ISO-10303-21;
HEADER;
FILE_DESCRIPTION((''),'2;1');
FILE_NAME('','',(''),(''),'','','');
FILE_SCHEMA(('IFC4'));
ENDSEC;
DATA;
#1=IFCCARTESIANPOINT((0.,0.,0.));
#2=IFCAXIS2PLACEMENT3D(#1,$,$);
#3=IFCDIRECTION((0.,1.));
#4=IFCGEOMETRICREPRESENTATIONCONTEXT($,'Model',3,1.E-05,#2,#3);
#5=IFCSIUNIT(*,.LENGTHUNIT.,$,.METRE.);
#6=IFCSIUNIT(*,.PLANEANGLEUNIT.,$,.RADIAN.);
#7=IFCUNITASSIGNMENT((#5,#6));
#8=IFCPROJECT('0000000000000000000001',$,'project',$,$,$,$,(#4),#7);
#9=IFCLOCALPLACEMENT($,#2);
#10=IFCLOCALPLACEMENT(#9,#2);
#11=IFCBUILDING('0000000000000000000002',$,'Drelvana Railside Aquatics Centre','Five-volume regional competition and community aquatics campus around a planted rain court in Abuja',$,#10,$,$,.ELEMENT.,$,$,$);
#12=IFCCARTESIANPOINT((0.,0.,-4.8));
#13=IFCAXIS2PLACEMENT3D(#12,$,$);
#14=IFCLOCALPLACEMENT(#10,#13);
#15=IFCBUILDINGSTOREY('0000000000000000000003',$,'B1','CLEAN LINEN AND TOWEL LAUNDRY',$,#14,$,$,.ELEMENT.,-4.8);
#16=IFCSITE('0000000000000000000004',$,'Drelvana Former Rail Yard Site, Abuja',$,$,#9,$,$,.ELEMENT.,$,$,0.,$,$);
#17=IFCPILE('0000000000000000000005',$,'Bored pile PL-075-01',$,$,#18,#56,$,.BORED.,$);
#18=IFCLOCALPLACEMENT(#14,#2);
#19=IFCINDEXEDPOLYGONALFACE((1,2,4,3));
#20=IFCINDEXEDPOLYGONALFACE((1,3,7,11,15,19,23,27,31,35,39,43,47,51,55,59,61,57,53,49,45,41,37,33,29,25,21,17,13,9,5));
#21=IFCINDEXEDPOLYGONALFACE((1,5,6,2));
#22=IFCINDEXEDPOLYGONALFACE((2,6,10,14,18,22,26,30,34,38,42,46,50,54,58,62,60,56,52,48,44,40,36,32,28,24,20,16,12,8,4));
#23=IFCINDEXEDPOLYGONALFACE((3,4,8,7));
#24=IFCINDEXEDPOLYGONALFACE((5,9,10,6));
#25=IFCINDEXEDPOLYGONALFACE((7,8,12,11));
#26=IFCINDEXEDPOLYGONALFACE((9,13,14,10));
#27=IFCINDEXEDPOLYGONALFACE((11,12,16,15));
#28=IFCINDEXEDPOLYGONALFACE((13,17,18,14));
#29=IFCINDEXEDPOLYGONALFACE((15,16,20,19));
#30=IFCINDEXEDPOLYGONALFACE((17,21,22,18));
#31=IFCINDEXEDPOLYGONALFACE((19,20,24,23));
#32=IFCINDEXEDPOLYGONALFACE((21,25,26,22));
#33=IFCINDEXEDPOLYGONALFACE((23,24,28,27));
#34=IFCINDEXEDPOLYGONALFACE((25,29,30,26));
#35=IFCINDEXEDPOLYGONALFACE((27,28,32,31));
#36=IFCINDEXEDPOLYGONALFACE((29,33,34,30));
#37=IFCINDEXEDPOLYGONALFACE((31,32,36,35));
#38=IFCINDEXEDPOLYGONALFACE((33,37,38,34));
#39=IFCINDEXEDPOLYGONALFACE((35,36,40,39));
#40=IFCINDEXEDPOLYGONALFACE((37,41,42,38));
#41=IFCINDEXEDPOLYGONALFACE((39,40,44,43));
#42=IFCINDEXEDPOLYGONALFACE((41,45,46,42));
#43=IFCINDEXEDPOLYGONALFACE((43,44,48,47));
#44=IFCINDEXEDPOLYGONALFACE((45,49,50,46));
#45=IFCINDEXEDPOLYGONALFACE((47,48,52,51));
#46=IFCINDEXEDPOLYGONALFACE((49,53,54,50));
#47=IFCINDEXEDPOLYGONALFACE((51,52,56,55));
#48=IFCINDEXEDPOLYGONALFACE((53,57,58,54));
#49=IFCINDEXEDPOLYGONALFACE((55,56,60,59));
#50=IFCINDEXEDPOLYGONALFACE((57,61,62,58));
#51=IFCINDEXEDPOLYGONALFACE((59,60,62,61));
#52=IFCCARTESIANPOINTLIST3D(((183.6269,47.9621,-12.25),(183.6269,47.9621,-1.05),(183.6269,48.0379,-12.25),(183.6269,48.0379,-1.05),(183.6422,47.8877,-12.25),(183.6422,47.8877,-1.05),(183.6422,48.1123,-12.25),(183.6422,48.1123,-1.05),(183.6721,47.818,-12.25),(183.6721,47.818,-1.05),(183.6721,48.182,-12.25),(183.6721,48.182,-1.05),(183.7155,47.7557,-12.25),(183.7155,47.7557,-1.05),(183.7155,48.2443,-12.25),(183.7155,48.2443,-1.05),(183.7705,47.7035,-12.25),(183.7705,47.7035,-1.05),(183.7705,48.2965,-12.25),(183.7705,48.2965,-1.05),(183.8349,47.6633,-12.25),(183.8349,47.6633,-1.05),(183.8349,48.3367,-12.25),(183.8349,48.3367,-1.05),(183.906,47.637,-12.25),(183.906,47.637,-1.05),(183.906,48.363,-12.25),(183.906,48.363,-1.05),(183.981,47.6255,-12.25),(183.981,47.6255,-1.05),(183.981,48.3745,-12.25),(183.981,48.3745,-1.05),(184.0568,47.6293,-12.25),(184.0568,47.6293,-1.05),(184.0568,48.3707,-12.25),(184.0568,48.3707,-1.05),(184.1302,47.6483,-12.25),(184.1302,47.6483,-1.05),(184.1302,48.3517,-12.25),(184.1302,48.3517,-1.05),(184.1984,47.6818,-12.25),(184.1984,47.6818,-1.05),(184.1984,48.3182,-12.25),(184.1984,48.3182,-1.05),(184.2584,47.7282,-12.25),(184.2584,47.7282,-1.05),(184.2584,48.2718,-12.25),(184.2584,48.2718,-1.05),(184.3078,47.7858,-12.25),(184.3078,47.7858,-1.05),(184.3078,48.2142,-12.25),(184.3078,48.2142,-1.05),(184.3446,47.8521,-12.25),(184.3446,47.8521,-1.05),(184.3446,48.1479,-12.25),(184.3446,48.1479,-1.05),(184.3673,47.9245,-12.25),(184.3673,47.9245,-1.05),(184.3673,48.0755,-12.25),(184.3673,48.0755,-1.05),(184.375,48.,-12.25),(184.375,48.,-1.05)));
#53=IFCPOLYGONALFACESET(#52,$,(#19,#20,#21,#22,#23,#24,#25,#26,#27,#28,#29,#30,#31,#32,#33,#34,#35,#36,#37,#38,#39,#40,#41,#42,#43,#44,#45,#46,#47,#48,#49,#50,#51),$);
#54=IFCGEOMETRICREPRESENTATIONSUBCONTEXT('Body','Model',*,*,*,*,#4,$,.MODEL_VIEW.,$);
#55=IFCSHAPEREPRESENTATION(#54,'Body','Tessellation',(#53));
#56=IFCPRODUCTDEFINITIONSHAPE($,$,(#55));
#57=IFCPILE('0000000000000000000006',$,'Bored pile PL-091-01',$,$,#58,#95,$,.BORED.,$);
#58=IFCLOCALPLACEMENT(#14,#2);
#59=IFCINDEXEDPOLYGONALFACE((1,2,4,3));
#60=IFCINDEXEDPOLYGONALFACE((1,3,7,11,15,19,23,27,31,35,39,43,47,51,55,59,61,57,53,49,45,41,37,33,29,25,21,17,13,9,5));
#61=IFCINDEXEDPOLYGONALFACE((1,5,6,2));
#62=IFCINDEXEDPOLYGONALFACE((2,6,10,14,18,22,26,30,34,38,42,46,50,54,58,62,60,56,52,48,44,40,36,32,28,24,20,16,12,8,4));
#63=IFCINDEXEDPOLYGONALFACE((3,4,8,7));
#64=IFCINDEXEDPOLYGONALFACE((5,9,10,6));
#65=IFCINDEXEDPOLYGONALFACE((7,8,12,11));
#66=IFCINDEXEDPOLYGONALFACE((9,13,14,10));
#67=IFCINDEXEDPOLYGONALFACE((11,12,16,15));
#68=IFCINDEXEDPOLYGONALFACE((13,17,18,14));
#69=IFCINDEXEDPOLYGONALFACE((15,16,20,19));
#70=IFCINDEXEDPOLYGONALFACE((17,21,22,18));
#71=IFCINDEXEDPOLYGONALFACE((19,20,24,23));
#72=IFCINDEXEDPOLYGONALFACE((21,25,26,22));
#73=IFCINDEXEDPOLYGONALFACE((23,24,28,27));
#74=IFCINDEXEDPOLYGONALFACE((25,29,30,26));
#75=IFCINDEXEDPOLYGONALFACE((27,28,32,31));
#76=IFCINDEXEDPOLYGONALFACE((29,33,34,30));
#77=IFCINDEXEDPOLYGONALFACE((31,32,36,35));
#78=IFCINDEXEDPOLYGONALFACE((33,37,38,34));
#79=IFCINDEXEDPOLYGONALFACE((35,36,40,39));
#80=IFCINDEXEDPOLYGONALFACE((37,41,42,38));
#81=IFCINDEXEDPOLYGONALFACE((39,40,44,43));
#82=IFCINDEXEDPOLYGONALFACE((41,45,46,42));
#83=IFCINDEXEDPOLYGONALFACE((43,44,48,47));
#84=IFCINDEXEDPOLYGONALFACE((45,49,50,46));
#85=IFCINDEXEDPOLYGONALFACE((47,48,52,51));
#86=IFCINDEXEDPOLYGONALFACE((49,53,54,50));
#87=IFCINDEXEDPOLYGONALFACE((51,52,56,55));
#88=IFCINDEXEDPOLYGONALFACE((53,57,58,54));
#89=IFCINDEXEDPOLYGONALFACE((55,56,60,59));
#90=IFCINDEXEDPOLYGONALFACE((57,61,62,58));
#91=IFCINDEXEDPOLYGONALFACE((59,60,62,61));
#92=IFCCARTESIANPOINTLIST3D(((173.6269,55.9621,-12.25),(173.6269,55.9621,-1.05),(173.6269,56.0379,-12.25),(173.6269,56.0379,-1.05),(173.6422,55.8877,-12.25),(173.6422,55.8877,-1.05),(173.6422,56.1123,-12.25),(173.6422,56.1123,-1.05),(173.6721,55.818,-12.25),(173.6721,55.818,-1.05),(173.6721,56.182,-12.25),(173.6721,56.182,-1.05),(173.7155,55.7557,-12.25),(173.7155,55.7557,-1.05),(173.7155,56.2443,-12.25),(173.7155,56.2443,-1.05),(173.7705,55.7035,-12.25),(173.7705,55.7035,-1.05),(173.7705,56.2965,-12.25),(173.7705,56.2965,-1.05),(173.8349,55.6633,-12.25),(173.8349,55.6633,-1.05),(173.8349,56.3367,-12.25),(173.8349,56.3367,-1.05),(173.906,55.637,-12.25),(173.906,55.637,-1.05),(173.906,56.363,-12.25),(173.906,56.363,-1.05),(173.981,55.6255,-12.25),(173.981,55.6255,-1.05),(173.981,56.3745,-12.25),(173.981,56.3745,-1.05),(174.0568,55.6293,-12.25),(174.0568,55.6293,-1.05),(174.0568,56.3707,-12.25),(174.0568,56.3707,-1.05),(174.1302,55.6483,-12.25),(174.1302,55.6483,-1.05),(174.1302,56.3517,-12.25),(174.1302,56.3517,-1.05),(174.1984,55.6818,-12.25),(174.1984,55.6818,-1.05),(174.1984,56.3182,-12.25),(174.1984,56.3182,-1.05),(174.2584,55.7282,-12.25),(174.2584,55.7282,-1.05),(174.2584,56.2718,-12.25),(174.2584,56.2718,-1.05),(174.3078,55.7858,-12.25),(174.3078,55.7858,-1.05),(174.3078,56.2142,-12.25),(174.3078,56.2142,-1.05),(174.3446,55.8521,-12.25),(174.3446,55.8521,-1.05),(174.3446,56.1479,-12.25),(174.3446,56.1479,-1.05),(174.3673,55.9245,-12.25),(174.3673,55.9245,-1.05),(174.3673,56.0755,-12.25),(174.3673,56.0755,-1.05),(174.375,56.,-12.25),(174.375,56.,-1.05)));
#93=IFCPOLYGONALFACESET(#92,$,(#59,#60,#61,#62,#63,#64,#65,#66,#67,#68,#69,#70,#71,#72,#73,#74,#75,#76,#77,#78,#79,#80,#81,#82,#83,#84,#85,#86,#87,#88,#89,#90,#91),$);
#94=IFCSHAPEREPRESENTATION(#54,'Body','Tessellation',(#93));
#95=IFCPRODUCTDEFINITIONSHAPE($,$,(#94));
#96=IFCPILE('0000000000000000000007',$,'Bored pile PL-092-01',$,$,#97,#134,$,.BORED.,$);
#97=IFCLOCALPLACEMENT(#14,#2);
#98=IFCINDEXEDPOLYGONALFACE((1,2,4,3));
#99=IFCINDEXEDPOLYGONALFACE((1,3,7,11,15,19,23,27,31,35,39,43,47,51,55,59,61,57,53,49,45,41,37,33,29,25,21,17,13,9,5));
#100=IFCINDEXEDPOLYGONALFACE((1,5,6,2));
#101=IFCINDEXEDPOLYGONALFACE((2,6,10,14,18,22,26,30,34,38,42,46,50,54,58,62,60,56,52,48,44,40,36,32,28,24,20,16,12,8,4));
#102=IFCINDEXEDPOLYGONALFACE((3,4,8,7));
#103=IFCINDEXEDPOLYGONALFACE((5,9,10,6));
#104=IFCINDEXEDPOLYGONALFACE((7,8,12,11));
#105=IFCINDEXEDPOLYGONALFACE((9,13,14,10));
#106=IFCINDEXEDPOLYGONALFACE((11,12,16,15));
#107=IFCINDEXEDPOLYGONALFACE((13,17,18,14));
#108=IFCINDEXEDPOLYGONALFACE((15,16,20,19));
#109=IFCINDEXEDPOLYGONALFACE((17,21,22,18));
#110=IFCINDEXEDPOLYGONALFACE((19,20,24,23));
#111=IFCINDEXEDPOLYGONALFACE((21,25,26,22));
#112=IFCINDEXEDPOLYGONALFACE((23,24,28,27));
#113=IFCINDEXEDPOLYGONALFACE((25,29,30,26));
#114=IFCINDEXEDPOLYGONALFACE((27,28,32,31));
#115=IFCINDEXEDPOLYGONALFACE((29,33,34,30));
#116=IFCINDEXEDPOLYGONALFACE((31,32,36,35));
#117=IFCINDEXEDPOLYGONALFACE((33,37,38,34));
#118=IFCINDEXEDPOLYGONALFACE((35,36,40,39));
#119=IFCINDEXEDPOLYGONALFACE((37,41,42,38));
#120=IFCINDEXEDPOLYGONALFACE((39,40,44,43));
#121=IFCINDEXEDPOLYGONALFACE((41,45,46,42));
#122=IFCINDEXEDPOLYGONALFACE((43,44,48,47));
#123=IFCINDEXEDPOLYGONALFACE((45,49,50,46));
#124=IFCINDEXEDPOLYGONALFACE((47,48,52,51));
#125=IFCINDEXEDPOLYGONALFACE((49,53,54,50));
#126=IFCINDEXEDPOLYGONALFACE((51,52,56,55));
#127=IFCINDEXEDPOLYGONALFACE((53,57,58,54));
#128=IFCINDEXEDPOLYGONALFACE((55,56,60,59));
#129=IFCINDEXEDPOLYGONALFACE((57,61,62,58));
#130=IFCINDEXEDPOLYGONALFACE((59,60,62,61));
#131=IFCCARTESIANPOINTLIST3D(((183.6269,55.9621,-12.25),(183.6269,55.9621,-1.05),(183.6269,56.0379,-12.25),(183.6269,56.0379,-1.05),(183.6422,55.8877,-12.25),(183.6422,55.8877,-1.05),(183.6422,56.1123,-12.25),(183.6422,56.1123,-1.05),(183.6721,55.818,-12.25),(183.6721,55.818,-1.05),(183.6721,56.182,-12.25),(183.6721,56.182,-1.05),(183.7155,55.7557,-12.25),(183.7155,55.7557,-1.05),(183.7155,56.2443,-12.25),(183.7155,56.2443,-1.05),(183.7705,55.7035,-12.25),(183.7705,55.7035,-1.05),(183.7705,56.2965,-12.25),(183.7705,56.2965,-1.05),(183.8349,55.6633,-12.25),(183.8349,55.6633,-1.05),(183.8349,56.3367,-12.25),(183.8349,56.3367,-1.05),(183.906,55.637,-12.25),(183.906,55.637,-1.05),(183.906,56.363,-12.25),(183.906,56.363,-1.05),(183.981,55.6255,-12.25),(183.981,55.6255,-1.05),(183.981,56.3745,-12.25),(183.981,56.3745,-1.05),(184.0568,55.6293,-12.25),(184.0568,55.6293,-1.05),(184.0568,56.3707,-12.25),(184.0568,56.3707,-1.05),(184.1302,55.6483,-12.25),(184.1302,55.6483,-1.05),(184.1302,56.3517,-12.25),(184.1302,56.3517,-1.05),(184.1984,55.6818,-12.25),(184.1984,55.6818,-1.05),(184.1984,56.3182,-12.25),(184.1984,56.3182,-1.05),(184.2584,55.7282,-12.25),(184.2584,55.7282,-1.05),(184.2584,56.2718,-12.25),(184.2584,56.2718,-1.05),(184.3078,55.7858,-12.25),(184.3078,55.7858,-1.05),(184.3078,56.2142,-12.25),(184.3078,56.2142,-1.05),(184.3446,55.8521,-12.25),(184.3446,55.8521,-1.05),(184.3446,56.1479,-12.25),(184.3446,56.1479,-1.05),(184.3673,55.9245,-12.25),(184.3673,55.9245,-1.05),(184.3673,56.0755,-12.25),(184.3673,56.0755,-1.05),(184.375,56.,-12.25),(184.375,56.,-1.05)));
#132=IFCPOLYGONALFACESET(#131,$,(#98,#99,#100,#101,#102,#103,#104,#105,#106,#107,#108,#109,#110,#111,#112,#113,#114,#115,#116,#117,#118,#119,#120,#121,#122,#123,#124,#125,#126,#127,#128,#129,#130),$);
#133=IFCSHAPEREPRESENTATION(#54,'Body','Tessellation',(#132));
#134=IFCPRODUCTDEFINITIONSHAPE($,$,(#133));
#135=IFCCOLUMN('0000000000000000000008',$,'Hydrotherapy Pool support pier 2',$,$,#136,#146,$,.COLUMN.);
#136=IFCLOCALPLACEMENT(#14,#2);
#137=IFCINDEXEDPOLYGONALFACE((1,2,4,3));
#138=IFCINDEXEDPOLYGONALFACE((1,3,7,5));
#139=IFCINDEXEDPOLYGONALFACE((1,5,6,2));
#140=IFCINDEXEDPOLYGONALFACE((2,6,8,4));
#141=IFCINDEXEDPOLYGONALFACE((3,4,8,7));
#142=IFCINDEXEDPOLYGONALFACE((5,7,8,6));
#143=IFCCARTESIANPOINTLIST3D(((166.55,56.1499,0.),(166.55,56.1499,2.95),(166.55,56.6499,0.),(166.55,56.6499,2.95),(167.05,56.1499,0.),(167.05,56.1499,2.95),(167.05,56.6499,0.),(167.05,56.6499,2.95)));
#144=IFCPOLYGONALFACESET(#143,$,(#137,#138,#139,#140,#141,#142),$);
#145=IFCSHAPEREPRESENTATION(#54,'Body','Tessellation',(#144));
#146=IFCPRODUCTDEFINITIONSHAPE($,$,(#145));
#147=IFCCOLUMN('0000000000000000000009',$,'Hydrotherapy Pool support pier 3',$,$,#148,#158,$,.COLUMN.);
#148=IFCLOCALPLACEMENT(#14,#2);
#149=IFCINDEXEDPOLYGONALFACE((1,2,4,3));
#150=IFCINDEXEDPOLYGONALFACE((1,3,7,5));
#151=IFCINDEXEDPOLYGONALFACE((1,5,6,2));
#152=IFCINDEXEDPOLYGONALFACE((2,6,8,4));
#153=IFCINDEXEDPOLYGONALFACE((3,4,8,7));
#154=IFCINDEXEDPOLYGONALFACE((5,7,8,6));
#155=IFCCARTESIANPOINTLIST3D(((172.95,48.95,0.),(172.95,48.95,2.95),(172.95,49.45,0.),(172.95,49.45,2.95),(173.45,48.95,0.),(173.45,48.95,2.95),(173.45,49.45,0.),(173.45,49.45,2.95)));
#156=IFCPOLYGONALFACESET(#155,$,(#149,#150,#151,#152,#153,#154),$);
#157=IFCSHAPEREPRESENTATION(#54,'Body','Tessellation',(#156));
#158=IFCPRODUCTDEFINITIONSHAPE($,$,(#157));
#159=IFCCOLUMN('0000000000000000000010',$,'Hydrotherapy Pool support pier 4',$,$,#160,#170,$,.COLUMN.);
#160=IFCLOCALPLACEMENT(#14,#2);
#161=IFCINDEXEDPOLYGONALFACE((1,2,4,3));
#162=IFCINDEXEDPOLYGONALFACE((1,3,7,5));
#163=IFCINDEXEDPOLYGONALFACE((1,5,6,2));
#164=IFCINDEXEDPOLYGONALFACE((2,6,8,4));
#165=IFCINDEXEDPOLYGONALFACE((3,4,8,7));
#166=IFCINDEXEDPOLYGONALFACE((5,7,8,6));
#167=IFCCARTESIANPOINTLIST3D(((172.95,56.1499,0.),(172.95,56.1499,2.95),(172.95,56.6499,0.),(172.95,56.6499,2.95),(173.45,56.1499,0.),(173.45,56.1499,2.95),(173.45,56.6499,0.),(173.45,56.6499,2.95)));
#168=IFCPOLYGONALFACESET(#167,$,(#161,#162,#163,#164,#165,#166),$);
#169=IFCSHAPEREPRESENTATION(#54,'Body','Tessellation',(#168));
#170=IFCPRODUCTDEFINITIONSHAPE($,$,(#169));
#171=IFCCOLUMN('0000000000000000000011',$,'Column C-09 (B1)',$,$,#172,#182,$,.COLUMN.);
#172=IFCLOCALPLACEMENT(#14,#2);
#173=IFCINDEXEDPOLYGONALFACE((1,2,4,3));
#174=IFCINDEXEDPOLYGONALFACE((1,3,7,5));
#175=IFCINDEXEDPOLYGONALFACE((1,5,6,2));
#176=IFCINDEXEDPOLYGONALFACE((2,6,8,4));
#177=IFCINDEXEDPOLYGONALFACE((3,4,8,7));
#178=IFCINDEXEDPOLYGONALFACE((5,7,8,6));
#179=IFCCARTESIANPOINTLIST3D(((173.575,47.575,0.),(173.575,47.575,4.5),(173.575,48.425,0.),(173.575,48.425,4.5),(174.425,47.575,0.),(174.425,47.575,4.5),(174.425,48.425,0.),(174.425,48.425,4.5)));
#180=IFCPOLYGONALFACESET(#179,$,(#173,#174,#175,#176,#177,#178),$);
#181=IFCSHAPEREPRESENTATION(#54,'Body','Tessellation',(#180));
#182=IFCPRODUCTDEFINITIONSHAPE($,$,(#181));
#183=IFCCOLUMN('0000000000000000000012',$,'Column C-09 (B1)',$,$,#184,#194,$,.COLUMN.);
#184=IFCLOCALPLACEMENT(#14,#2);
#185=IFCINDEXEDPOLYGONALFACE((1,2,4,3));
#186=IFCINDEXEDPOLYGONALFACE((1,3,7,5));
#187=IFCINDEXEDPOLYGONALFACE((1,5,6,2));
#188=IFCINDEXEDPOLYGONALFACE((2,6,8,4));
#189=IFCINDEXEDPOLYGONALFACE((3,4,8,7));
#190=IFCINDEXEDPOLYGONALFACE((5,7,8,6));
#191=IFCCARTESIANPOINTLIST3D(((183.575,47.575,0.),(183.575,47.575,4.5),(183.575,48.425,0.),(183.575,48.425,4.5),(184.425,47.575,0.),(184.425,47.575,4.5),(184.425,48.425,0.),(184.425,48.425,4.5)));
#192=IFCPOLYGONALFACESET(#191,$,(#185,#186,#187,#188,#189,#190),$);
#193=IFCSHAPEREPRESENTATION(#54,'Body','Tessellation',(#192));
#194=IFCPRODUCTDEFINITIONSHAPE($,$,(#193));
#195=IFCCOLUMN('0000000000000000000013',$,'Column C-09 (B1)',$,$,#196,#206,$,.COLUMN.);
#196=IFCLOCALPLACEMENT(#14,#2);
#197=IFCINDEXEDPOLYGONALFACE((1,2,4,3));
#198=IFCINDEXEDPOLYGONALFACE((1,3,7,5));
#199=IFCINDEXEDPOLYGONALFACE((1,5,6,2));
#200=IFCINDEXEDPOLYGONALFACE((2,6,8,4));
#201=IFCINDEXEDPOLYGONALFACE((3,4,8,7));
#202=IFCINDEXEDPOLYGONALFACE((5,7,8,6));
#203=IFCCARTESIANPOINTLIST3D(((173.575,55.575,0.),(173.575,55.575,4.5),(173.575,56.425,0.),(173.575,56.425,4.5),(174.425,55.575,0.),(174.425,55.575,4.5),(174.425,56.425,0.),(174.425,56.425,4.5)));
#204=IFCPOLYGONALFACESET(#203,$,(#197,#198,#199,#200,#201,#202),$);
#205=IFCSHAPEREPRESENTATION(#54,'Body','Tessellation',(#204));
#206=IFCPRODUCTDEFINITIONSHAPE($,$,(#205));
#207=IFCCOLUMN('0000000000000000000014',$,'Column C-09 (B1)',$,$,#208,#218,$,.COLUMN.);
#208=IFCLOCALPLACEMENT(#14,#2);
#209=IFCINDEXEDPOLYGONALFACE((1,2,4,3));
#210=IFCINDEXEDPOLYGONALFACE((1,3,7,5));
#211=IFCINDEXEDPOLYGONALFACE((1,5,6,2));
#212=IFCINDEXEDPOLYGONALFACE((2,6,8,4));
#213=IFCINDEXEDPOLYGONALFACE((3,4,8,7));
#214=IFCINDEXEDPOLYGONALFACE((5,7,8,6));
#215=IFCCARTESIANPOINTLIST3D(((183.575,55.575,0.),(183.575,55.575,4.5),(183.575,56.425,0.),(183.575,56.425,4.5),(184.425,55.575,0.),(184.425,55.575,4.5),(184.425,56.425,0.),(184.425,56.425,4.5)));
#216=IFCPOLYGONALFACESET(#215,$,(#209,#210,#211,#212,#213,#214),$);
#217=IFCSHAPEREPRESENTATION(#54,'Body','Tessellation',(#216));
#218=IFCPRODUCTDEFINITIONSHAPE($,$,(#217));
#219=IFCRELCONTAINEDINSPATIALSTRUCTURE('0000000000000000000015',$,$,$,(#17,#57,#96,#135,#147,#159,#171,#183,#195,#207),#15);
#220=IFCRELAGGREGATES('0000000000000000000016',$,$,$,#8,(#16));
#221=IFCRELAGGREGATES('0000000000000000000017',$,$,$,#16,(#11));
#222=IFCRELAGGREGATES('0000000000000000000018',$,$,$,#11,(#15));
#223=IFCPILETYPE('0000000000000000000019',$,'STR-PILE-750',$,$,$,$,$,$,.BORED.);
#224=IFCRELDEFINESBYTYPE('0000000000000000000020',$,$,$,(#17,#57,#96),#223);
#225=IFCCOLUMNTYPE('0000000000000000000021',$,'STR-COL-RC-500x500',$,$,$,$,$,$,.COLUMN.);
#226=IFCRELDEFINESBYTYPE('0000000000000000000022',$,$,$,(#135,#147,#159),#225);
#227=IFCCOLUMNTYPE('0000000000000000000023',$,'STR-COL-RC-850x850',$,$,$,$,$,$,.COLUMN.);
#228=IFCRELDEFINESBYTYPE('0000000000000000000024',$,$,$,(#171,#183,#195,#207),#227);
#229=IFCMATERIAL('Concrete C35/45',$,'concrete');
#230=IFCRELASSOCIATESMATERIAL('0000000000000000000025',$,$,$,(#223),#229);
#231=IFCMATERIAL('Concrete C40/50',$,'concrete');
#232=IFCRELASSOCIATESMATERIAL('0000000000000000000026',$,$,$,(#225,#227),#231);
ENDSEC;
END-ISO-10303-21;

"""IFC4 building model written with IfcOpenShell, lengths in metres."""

from ifc_helpers import new_model, si_unit, direction, frame, origin, origin_2d, place, context, subcontext, project, spatial, rectangle, circle, extrude, material, material_profile, profile_set, type_object, element, save


model = new_model("IFC4")

# Units and contexts
model_context = context("Model", 3, precision=1e-05, world=origin(), true_north=direction((0.0, 1.0)))
body_context = subcontext(model_context, "Body", "Model", "MODEL_VIEW")
ifc_project = project(units=[si_unit("LENGTHUNIT", "METRE"), si_unit("PLANEANGLEUNIT", "RADIAN")], contexts=[model_context])

# Site, building, storey
site_placement = place(None, origin())
site = spatial("IfcSite", under=ifc_project, at=site_placement, Name="Drelvana Former Rail Yard Site, Abuja", CompositionType="ELEMENT", RefElevation=0.0)
building_placement = place(site_placement, origin())
building = spatial("IfcBuilding", under=site, at=building_placement, Name="Drelvana Railside Aquatics Centre", Description="Five-volume regional competition and community aquatics campus around a planted rain court in Abuja", CompositionType="ELEMENT")
storey_placement = place(building_placement, frame((0.0, 0.0, -4.8)))
storey = spatial("IfcBuildingStorey", under=building, at=storey_placement, Name="B1", Description="CLEAN LINEN AND TOWEL LAUNDRY", CompositionType="ELEMENT", Elevation=-4.8)

# Shared definitions
ifc_material_1 = material(Name="Concrete C35/45", Category="concrete")

# Piles
ifc_material_profile_1 = material_profile(ifc_material_1, circle(Radius=0.375, at=origin_2d()), Name="PILE D750")
ifc_profile_set_1 = profile_set([ifc_material_profile_1], Name="Concrete C35/45")
pile_type = type_object("IfcPileType", Name="STR-PILE-750", PredefinedType="BORED", material=ifc_profile_set_1)
for number, where, z_axis, x_axis, name in (
    (1, (184.0, 48.0, -1.05), (0.0, 0.0, -1.0), (1.0, 0.0, 0.0), "Bored pile PL-075-01"),
    (2, (174.0, 56.0, -1.05), (0.0, 0.0, -1.0), (1.0, 0.0, 0.0), "Bored pile PL-091-01"),
    (3, (184.0, 56.0, -1.05), (0.0, 0.0, -1.0), (1.0, 0.0, 0.0), "Bored pile PL-092-01"),
):
    element("IfcPile", number, at=place(storey_placement, frame(where, z_axis=z_axis, x_axis=x_axis)), inside=storey, type_object=pile_type, Name=name, PredefinedType="BORED", context=body_context, shape_type="SweptSolid", body=[
        extrude(circle(Radius=0.375, at=origin_2d()), origin(), (0.0, 0.0, 1.0), 11.2),
    ])

# Columns
ifc_material_2 = material(Name="Concrete C40/50", Category="concrete")
ifc_material_profile_2 = material_profile(ifc_material_2, rectangle(XDim=0.5, YDim=0.5, at=origin_2d()), Name="RC 500x500")
ifc_profile_set_2 = profile_set([ifc_material_profile_2], Name="Concrete C40/50")
column_type_1 = type_object("IfcColumnType", Name="STR-COL-RC-500x500", PredefinedType="COLUMN", material=ifc_profile_set_2)
for number, where, z_axis, x_axis, name in (
    (4, (166.8, 56.3999, 0.0), (0.0, 0.0, 1.0), (1.0, 0.0, 0.0), "Hydrotherapy Pool support pier 2"),
    (5, (173.2, 49.2, 0.0), (0.0, 0.0, 1.0), (1.0, 0.0, 0.0), "Hydrotherapy Pool support pier 3"),
    (6, (173.2, 56.3999, 0.0), (0.0, 0.0, 1.0), (1.0, 0.0, 0.0), "Hydrotherapy Pool support pier 4"),
):
    element("IfcColumn", number, at=place(storey_placement, frame(where, z_axis=z_axis, x_axis=x_axis)), inside=storey, type_object=column_type_1, Name=name, PredefinedType="COLUMN", context=body_context, shape_type="SweptSolid", body=[
        extrude(rectangle(XDim=0.5, YDim=0.5, at=origin_2d()), origin(), (0.0, 0.0, 1.0), 2.95),
    ])
ifc_material_profile_3 = material_profile(ifc_material_2, rectangle(XDim=0.8501, YDim=0.8501, at=origin_2d()), Name="RC 850x850")
ifc_profile_set_3 = profile_set([ifc_material_profile_3], Name="Concrete C40/50")
column_type_2 = type_object("IfcColumnType", Name="STR-COL-RC-850x850", PredefinedType="COLUMN", material=ifc_profile_set_3)
for number, where, z_axis, x_axis, name in (
    (7, (174.0, 48.0, 0.0), (0.0, 0.0, 1.0), (1.0, 0.0, 0.0), "Column C-09 (B1)"),
    (8, (184.0, 48.0, 0.0), (0.0, 0.0, 1.0), (1.0, 0.0, 0.0), "Column C-09 (B1)"),
    (9, (174.0, 56.0, 0.0), (0.0, 0.0, 1.0), (1.0, 0.0, 0.0), "Column C-09 (B1)"),
    (10, (184.0, 56.0, 0.0), (0.0, 0.0, 1.0), (1.0, 0.0, 0.0), "Column C-09 (B1)"),
):
    element("IfcColumn", number, at=place(storey_placement, frame(where, z_axis=z_axis, x_axis=x_axis)), inside=storey, type_object=column_type_2, Name=name, PredefinedType="COLUMN", context=body_context, shape_type="SweptSolid", body=[
        extrude(rectangle(XDim=0.8501, YDim=0.8501, at=origin_2d()), origin(), (0.0, 0.0, 1.0), 4.5),
    ])

save(model, "model.ifc")
